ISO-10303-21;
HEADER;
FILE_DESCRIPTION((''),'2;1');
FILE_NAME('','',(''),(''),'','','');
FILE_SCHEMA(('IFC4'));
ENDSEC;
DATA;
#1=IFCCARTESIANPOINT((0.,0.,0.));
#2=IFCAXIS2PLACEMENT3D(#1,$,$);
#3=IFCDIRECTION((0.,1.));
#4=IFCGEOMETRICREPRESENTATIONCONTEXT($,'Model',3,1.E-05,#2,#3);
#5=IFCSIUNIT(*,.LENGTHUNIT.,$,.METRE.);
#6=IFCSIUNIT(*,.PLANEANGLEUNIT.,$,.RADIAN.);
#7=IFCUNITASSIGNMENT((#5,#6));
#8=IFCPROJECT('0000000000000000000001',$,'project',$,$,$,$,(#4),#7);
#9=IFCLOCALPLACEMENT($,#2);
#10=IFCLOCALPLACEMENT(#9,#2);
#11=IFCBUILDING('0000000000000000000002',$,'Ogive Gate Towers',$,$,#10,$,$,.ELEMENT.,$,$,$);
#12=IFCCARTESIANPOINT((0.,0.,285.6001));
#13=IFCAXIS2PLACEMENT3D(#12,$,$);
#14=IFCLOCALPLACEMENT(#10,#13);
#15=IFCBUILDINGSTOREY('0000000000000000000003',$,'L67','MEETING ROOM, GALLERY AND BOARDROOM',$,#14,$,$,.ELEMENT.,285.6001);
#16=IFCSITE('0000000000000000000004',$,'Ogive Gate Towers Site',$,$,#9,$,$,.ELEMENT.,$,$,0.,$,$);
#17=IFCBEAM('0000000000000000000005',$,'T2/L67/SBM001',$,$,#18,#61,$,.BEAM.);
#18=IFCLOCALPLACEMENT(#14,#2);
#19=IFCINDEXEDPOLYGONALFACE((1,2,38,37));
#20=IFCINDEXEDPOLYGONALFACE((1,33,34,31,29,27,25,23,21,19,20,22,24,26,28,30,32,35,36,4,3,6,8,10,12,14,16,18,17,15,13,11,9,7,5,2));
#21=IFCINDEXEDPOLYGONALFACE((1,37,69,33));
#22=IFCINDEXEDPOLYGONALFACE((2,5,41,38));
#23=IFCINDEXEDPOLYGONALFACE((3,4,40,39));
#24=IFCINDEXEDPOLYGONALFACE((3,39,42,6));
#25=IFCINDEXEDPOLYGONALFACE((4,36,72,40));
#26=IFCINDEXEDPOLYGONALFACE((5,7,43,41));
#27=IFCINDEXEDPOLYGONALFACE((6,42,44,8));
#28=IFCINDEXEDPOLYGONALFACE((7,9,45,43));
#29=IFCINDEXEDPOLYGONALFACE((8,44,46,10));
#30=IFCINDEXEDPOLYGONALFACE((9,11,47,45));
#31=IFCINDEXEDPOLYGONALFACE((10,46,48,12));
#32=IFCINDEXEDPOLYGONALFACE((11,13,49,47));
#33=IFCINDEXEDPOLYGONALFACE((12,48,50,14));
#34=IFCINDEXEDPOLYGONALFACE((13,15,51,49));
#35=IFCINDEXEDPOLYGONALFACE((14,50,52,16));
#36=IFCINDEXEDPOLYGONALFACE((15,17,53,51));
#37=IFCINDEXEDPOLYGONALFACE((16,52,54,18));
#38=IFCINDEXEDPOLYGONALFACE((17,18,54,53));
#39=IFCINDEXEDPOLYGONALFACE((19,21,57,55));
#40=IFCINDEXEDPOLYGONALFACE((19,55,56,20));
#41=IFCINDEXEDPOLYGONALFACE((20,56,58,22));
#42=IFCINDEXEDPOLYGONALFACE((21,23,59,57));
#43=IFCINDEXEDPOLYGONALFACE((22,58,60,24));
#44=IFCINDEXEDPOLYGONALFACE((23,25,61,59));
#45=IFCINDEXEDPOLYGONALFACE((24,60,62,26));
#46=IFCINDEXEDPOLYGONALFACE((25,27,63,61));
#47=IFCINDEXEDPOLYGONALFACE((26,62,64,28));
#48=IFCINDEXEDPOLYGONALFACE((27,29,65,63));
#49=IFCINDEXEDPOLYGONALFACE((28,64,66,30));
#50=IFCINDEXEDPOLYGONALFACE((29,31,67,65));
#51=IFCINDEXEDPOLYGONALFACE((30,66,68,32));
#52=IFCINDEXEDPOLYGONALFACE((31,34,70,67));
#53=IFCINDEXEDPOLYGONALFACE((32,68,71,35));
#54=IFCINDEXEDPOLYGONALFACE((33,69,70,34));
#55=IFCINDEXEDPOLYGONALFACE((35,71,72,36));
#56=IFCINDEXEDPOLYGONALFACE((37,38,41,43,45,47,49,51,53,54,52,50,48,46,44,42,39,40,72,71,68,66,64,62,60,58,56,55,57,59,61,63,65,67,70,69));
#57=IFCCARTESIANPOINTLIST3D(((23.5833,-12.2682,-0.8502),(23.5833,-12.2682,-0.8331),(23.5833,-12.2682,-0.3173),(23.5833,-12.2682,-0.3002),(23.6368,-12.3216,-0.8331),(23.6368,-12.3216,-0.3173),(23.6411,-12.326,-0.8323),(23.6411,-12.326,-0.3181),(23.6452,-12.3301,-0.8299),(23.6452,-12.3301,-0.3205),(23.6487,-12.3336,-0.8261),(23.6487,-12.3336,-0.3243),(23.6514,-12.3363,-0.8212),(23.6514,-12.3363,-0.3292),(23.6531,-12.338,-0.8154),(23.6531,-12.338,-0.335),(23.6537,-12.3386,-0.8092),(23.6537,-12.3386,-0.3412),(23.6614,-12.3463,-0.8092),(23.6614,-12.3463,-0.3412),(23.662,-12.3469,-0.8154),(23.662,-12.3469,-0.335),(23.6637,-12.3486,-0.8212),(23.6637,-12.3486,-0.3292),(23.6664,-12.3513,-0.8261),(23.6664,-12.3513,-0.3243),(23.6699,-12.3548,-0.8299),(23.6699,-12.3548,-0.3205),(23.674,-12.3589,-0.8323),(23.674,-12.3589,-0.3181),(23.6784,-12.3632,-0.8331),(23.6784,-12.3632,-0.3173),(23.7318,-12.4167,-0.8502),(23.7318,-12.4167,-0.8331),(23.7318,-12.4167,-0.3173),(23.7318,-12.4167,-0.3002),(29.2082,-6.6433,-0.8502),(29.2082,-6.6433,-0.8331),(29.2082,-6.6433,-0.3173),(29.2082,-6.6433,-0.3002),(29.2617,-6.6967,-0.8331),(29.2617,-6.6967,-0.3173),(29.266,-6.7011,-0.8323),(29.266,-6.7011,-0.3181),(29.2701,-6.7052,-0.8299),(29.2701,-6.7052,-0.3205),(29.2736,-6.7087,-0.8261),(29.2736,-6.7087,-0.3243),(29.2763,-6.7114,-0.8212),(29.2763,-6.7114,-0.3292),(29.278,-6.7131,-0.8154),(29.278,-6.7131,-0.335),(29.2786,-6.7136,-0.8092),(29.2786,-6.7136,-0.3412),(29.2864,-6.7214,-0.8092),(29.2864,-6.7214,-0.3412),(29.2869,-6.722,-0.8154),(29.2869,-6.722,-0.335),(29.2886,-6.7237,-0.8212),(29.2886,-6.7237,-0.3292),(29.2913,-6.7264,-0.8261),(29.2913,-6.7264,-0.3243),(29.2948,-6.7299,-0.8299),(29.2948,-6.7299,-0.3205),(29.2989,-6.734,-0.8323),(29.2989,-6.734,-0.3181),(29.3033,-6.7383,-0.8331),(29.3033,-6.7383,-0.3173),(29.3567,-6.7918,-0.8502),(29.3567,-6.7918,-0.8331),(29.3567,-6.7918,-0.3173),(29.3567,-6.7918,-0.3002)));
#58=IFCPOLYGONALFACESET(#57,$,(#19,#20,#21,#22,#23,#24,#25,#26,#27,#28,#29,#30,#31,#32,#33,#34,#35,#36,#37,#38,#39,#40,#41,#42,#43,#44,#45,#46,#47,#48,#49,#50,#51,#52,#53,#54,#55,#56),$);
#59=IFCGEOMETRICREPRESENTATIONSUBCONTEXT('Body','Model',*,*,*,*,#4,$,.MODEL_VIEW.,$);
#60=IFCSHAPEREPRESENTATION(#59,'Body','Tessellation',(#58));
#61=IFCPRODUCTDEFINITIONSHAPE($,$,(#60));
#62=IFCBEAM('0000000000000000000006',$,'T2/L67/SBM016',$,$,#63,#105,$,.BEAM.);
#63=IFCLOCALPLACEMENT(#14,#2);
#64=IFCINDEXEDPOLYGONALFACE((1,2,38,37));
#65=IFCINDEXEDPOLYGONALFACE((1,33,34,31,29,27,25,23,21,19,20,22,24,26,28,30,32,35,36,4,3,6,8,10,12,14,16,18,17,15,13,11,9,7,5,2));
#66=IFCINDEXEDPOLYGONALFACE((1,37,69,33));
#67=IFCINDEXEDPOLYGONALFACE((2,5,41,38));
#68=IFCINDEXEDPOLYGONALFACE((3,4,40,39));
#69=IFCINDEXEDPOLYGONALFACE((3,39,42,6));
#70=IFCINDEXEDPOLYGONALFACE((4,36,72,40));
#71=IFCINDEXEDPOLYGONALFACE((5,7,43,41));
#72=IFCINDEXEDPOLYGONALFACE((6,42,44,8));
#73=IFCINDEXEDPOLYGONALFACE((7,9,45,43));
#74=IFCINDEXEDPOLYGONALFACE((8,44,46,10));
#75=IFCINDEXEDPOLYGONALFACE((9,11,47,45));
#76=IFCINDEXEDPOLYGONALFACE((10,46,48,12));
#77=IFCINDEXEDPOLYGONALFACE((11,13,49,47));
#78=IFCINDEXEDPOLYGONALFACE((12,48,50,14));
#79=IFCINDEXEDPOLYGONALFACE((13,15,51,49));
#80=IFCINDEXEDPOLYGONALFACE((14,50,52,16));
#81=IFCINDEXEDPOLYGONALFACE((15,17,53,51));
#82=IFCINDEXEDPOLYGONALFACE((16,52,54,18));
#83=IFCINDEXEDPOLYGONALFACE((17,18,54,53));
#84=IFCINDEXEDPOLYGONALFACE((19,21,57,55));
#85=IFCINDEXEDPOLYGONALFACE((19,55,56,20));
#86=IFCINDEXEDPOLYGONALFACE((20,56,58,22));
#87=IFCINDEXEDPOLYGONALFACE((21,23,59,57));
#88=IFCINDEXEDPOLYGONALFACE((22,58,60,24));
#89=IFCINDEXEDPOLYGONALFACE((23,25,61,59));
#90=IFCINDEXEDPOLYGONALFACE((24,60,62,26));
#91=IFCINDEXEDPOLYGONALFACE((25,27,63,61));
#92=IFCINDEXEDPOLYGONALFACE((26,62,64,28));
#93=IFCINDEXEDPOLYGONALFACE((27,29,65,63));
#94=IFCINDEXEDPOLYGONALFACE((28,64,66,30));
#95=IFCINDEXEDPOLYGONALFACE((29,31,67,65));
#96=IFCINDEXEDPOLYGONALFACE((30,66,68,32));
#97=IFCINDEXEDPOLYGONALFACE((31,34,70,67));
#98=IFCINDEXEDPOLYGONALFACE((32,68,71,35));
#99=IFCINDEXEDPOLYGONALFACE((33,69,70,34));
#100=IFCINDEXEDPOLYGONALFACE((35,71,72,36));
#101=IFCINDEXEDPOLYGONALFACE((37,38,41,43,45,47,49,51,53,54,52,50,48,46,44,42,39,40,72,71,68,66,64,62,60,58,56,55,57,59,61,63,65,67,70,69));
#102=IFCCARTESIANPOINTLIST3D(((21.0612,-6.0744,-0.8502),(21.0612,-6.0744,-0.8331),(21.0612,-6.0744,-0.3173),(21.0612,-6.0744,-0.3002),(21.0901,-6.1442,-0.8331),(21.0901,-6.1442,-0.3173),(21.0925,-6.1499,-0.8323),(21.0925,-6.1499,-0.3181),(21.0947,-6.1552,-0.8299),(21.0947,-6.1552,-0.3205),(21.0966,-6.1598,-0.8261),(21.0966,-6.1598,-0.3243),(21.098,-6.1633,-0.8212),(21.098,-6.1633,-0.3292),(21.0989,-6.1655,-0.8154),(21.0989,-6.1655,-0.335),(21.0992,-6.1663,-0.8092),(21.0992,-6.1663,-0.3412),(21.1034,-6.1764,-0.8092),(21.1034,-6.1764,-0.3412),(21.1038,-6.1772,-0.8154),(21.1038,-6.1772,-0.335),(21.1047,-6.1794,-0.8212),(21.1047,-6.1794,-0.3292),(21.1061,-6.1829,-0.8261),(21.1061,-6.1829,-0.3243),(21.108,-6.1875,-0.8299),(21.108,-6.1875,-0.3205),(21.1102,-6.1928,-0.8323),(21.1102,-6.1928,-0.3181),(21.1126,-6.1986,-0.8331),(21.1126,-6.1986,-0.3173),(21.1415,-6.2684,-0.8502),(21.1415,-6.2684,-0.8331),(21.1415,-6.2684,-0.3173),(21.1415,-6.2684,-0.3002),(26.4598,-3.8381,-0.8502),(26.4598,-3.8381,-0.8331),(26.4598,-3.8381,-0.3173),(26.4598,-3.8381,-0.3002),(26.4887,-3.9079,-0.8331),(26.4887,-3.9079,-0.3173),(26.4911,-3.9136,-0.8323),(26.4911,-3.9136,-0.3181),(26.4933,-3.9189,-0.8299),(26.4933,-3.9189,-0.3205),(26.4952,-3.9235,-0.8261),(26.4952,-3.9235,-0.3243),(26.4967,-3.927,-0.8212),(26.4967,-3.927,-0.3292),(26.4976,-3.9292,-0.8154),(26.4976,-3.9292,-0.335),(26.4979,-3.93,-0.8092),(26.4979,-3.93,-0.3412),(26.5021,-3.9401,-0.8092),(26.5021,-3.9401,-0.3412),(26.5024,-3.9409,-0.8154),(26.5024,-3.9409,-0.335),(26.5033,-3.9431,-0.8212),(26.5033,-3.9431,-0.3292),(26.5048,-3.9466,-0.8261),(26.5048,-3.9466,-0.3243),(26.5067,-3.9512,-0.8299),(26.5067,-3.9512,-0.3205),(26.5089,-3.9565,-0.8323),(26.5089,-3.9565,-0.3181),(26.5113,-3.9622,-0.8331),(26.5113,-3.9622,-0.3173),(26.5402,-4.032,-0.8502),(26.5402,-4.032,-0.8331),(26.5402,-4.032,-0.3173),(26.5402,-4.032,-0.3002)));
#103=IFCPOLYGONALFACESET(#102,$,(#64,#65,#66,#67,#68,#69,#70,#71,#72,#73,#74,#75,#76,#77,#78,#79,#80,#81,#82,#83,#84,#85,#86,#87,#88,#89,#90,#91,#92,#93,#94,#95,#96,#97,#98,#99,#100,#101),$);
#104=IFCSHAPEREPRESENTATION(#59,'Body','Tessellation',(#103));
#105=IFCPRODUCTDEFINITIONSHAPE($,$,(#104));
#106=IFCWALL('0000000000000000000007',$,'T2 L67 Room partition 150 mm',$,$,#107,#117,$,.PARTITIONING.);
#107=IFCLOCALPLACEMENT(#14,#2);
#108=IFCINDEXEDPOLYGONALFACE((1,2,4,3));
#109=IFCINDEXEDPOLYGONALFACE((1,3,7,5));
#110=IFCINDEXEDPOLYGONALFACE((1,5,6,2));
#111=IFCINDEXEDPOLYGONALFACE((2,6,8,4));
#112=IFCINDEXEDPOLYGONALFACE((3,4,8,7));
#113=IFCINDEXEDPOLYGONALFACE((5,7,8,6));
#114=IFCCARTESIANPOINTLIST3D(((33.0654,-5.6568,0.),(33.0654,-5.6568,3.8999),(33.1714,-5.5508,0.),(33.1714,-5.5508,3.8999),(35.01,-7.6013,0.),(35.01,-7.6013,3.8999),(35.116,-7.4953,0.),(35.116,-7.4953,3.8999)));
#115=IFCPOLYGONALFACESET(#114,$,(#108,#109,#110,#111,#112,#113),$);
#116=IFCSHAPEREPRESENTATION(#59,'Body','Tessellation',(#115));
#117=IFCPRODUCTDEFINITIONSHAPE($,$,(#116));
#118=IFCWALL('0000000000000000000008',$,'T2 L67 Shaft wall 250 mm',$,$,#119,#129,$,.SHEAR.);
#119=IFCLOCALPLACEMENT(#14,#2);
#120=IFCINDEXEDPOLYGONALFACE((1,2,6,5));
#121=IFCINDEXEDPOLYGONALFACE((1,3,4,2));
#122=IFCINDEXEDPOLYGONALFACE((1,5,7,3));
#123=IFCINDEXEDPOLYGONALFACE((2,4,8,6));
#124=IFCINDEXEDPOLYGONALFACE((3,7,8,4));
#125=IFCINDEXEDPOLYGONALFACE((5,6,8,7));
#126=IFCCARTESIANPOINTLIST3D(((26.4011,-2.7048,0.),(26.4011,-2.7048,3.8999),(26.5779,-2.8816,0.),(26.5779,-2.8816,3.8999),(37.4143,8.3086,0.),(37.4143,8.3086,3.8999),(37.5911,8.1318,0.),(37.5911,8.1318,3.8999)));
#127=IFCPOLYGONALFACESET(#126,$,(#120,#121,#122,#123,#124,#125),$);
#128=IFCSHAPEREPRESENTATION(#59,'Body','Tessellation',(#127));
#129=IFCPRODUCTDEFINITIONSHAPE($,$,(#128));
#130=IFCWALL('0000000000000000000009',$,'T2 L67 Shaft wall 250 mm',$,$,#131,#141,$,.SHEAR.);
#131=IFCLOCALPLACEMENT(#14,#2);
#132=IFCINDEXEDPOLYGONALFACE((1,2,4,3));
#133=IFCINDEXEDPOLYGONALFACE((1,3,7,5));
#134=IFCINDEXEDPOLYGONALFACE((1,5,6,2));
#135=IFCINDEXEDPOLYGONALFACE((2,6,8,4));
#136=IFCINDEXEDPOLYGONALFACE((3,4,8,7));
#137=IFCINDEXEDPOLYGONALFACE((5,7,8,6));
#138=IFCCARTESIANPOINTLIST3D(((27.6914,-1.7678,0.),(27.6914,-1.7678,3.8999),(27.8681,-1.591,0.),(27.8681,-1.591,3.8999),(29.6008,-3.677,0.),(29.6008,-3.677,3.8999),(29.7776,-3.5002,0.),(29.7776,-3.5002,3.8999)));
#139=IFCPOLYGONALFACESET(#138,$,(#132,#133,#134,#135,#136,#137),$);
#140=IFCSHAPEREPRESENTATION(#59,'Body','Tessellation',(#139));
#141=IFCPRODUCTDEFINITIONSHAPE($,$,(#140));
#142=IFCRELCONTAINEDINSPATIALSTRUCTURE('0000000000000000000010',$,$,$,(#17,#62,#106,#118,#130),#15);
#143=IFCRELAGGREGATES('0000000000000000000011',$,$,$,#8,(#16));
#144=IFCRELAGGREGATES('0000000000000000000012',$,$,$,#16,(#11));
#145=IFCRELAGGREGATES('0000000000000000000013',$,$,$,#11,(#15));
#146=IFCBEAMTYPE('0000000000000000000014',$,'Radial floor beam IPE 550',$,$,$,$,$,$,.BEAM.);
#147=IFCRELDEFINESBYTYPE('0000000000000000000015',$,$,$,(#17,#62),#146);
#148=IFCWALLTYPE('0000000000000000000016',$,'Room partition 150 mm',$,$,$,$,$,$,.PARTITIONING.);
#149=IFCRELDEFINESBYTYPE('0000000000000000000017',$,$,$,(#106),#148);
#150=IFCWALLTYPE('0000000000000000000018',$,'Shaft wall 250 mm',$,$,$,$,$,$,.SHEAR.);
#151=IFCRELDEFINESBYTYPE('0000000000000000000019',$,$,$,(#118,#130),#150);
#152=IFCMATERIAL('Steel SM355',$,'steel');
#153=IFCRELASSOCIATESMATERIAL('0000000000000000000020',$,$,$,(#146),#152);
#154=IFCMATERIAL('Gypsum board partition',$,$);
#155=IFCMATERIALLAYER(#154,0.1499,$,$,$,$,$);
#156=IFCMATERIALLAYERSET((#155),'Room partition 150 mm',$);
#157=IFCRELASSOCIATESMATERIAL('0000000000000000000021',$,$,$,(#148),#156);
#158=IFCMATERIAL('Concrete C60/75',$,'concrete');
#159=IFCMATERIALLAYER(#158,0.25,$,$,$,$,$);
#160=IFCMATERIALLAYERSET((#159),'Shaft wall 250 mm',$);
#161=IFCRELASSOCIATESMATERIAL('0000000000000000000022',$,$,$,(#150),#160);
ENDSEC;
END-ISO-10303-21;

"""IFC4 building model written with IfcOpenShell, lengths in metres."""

from ifc_helpers import new_model, si_unit, direction, frame, frame_2d, origin, origin_2d, place, context, subcontext, project, spatial, rectangle, i_section, extrude, material, layer, layer_set, material_profile, profile_set, type_object, element, save


model = new_model("IFC4")

# Units and contexts
model_context = context("Model", 3, precision=1e-05, world=origin(), true_north=direction((0.0, 1.0)))
body_context = subcontext(model_context, "Body", "Model", "MODEL_VIEW")
ifc_project = project(units=[si_unit("LENGTHUNIT", "METRE"), si_unit("PLANEANGLEUNIT", "RADIAN")], contexts=[model_context])

# Site, building, storey
site_placement = place(None, origin())
site = spatial("IfcSite", under=ifc_project, at=site_placement, Name="Ogive Gate Towers Site", CompositionType="ELEMENT", RefElevation=0.0)
building_placement = place(site_placement, origin())
building = spatial("IfcBuilding", under=site, at=building_placement, Name="Ogive Gate Towers", CompositionType="ELEMENT")
storey_placement = place(building_placement, frame((0.0, 0.0, 285.6001)))
storey = spatial("IfcBuildingStorey", under=building, at=storey_placement, Name="L67", Description="MEETING ROOM, GALLERY AND BOARDROOM", CompositionType="ELEMENT", Elevation=285.6001)

# Beams
ifc_material_1 = material(Name="Steel SM355", Category="steel")
ifc_material_profile = material_profile(ifc_material_1, i_section(OverallWidth=0.21, OverallDepth=0.55, WebThickness=0.011, FlangeThickness=0.0171, FilletRadius=0.0239, at=origin_2d()), Name="IPE 550")
ifc_profile_set = profile_set([ifc_material_profile], Name="Steel SM355")
beam_type = type_object("IfcBeamType", Name="Radial floor beam IPE 550", PredefinedType="BEAM", material=ifc_profile_set)
beam_1_placement = place(storey_placement, frame((29.2825, -6.7175, -0.5752), z_axis=(-0.707107, -0.707107, 0.0), x_axis=(0.707107, -0.707107, 0.0)))
element("IfcBeam", 1, at=beam_1_placement, inside=storey, type_object=beam_type, Name="T2/L67/SBM001", PredefinedType="BEAM", context=body_context, shape_type="SweptSolid", body=[
    extrude(i_section(OverallWidth=0.21, OverallDepth=0.55, WebThickness=0.011, FlangeThickness=0.0171, FilletRadius=0.0239, at=origin_2d()), origin(), (0.0, 0.0, 1.0), 7.9548),
])
beam_2_placement = place(storey_placement, frame((26.5, -3.9351, -0.5752), z_axis=(-0.923872, -0.382701, 0.0), x_axis=(0.382701, -0.923872, 0.0)))
element("IfcBeam", 2, at=beam_2_placement, inside=storey, type_object=beam_type, Name="T2/L67/SBM016", PredefinedType="BEAM", context=body_context, shape_type="SweptSolid", body=[
    extrude(i_section(OverallWidth=0.21, OverallDepth=0.55, WebThickness=0.011, FlangeThickness=0.0171, FilletRadius=0.0239, at=origin_2d()), origin(), (0.0, 0.0, 1.0), 5.8435),
])

# Walls
ifc_material_2 = material(Name="Gypsum board partition")
ifc_layer_1 = layer(ifc_material_2, 0.1499)
ifc_layer_set_1 = layer_set([ifc_layer_1], Name="Room partition 150 mm")
wall_type_1 = type_object("IfcWallType", Name="Room partition 150 mm", PredefinedType="PARTITIONING", material=ifc_layer_set_1)
wall_1_placement = place(storey_placement, frame((35.063, -7.5483, 0.0), z_axis=(0.0, 0.0, 1.0), x_axis=(-0.707107, 0.707107, 0.0)))
element("IfcWall", 3, at=wall_1_placement, inside=storey, type_object=wall_type_1, Name="T2 L67 Room partition 150 mm", PredefinedType="PARTITIONING", context=body_context, shape_type="SweptSolid", body=[
    extrude(rectangle(XDim=2.75, YDim=0.1499, at=frame_2d((1.375, 0.0))), origin(), (0.0, 0.0, 1.0), 3.8999),
])
ifc_material_3 = material(Name="Concrete C60/75", Category="concrete")
ifc_layer_2 = layer(ifc_material_3, 0.25)
ifc_layer_set_2 = layer_set([ifc_layer_2], Name="Shaft wall 250 mm")
wall_type_2 = type_object("IfcWallType", Name="Shaft wall 250 mm", PredefinedType="SHEAR", material=ifc_layer_set_2)
wall_2_placement = place(storey_placement, frame((26.4895, -2.7932, 0.0), z_axis=(0.0, 0.0, 1.0), x_axis=(0.707099, 0.707115, 0.0)))
element("IfcWall", 4, at=wall_2_placement, inside=storey, type_object=wall_type_2, Name="T2 L67 Shaft wall 250 mm", PredefinedType="SHEAR", context=body_context, shape_type="SweptSolid", body=[
    extrude(rectangle(XDim=15.5752, YDim=0.25, at=frame_2d((7.7876, 0.0))), origin(), (0.0, 0.0, 1.0), 3.8999),
])
wall_3_placement = place(storey_placement, frame((29.6892, -3.5886, 0.0), z_axis=(0.0, 0.0, 1.0), x_axis=(-0.707152, 0.707062, 0.0)))
element("IfcWall", 5, at=wall_3_placement, inside=storey, type_object=wall_type_2, Name="T2 L67 Shaft wall 250 mm", PredefinedType="SHEAR", context=body_context, shape_type="SweptSolid", body=[
    extrude(rectangle(XDim=2.7002, YDim=0.25, at=frame_2d((1.3501, 0.0))), origin(), (0.0, 0.0, 1.0), 3.8999),
])

save(model, "model.ifc")
